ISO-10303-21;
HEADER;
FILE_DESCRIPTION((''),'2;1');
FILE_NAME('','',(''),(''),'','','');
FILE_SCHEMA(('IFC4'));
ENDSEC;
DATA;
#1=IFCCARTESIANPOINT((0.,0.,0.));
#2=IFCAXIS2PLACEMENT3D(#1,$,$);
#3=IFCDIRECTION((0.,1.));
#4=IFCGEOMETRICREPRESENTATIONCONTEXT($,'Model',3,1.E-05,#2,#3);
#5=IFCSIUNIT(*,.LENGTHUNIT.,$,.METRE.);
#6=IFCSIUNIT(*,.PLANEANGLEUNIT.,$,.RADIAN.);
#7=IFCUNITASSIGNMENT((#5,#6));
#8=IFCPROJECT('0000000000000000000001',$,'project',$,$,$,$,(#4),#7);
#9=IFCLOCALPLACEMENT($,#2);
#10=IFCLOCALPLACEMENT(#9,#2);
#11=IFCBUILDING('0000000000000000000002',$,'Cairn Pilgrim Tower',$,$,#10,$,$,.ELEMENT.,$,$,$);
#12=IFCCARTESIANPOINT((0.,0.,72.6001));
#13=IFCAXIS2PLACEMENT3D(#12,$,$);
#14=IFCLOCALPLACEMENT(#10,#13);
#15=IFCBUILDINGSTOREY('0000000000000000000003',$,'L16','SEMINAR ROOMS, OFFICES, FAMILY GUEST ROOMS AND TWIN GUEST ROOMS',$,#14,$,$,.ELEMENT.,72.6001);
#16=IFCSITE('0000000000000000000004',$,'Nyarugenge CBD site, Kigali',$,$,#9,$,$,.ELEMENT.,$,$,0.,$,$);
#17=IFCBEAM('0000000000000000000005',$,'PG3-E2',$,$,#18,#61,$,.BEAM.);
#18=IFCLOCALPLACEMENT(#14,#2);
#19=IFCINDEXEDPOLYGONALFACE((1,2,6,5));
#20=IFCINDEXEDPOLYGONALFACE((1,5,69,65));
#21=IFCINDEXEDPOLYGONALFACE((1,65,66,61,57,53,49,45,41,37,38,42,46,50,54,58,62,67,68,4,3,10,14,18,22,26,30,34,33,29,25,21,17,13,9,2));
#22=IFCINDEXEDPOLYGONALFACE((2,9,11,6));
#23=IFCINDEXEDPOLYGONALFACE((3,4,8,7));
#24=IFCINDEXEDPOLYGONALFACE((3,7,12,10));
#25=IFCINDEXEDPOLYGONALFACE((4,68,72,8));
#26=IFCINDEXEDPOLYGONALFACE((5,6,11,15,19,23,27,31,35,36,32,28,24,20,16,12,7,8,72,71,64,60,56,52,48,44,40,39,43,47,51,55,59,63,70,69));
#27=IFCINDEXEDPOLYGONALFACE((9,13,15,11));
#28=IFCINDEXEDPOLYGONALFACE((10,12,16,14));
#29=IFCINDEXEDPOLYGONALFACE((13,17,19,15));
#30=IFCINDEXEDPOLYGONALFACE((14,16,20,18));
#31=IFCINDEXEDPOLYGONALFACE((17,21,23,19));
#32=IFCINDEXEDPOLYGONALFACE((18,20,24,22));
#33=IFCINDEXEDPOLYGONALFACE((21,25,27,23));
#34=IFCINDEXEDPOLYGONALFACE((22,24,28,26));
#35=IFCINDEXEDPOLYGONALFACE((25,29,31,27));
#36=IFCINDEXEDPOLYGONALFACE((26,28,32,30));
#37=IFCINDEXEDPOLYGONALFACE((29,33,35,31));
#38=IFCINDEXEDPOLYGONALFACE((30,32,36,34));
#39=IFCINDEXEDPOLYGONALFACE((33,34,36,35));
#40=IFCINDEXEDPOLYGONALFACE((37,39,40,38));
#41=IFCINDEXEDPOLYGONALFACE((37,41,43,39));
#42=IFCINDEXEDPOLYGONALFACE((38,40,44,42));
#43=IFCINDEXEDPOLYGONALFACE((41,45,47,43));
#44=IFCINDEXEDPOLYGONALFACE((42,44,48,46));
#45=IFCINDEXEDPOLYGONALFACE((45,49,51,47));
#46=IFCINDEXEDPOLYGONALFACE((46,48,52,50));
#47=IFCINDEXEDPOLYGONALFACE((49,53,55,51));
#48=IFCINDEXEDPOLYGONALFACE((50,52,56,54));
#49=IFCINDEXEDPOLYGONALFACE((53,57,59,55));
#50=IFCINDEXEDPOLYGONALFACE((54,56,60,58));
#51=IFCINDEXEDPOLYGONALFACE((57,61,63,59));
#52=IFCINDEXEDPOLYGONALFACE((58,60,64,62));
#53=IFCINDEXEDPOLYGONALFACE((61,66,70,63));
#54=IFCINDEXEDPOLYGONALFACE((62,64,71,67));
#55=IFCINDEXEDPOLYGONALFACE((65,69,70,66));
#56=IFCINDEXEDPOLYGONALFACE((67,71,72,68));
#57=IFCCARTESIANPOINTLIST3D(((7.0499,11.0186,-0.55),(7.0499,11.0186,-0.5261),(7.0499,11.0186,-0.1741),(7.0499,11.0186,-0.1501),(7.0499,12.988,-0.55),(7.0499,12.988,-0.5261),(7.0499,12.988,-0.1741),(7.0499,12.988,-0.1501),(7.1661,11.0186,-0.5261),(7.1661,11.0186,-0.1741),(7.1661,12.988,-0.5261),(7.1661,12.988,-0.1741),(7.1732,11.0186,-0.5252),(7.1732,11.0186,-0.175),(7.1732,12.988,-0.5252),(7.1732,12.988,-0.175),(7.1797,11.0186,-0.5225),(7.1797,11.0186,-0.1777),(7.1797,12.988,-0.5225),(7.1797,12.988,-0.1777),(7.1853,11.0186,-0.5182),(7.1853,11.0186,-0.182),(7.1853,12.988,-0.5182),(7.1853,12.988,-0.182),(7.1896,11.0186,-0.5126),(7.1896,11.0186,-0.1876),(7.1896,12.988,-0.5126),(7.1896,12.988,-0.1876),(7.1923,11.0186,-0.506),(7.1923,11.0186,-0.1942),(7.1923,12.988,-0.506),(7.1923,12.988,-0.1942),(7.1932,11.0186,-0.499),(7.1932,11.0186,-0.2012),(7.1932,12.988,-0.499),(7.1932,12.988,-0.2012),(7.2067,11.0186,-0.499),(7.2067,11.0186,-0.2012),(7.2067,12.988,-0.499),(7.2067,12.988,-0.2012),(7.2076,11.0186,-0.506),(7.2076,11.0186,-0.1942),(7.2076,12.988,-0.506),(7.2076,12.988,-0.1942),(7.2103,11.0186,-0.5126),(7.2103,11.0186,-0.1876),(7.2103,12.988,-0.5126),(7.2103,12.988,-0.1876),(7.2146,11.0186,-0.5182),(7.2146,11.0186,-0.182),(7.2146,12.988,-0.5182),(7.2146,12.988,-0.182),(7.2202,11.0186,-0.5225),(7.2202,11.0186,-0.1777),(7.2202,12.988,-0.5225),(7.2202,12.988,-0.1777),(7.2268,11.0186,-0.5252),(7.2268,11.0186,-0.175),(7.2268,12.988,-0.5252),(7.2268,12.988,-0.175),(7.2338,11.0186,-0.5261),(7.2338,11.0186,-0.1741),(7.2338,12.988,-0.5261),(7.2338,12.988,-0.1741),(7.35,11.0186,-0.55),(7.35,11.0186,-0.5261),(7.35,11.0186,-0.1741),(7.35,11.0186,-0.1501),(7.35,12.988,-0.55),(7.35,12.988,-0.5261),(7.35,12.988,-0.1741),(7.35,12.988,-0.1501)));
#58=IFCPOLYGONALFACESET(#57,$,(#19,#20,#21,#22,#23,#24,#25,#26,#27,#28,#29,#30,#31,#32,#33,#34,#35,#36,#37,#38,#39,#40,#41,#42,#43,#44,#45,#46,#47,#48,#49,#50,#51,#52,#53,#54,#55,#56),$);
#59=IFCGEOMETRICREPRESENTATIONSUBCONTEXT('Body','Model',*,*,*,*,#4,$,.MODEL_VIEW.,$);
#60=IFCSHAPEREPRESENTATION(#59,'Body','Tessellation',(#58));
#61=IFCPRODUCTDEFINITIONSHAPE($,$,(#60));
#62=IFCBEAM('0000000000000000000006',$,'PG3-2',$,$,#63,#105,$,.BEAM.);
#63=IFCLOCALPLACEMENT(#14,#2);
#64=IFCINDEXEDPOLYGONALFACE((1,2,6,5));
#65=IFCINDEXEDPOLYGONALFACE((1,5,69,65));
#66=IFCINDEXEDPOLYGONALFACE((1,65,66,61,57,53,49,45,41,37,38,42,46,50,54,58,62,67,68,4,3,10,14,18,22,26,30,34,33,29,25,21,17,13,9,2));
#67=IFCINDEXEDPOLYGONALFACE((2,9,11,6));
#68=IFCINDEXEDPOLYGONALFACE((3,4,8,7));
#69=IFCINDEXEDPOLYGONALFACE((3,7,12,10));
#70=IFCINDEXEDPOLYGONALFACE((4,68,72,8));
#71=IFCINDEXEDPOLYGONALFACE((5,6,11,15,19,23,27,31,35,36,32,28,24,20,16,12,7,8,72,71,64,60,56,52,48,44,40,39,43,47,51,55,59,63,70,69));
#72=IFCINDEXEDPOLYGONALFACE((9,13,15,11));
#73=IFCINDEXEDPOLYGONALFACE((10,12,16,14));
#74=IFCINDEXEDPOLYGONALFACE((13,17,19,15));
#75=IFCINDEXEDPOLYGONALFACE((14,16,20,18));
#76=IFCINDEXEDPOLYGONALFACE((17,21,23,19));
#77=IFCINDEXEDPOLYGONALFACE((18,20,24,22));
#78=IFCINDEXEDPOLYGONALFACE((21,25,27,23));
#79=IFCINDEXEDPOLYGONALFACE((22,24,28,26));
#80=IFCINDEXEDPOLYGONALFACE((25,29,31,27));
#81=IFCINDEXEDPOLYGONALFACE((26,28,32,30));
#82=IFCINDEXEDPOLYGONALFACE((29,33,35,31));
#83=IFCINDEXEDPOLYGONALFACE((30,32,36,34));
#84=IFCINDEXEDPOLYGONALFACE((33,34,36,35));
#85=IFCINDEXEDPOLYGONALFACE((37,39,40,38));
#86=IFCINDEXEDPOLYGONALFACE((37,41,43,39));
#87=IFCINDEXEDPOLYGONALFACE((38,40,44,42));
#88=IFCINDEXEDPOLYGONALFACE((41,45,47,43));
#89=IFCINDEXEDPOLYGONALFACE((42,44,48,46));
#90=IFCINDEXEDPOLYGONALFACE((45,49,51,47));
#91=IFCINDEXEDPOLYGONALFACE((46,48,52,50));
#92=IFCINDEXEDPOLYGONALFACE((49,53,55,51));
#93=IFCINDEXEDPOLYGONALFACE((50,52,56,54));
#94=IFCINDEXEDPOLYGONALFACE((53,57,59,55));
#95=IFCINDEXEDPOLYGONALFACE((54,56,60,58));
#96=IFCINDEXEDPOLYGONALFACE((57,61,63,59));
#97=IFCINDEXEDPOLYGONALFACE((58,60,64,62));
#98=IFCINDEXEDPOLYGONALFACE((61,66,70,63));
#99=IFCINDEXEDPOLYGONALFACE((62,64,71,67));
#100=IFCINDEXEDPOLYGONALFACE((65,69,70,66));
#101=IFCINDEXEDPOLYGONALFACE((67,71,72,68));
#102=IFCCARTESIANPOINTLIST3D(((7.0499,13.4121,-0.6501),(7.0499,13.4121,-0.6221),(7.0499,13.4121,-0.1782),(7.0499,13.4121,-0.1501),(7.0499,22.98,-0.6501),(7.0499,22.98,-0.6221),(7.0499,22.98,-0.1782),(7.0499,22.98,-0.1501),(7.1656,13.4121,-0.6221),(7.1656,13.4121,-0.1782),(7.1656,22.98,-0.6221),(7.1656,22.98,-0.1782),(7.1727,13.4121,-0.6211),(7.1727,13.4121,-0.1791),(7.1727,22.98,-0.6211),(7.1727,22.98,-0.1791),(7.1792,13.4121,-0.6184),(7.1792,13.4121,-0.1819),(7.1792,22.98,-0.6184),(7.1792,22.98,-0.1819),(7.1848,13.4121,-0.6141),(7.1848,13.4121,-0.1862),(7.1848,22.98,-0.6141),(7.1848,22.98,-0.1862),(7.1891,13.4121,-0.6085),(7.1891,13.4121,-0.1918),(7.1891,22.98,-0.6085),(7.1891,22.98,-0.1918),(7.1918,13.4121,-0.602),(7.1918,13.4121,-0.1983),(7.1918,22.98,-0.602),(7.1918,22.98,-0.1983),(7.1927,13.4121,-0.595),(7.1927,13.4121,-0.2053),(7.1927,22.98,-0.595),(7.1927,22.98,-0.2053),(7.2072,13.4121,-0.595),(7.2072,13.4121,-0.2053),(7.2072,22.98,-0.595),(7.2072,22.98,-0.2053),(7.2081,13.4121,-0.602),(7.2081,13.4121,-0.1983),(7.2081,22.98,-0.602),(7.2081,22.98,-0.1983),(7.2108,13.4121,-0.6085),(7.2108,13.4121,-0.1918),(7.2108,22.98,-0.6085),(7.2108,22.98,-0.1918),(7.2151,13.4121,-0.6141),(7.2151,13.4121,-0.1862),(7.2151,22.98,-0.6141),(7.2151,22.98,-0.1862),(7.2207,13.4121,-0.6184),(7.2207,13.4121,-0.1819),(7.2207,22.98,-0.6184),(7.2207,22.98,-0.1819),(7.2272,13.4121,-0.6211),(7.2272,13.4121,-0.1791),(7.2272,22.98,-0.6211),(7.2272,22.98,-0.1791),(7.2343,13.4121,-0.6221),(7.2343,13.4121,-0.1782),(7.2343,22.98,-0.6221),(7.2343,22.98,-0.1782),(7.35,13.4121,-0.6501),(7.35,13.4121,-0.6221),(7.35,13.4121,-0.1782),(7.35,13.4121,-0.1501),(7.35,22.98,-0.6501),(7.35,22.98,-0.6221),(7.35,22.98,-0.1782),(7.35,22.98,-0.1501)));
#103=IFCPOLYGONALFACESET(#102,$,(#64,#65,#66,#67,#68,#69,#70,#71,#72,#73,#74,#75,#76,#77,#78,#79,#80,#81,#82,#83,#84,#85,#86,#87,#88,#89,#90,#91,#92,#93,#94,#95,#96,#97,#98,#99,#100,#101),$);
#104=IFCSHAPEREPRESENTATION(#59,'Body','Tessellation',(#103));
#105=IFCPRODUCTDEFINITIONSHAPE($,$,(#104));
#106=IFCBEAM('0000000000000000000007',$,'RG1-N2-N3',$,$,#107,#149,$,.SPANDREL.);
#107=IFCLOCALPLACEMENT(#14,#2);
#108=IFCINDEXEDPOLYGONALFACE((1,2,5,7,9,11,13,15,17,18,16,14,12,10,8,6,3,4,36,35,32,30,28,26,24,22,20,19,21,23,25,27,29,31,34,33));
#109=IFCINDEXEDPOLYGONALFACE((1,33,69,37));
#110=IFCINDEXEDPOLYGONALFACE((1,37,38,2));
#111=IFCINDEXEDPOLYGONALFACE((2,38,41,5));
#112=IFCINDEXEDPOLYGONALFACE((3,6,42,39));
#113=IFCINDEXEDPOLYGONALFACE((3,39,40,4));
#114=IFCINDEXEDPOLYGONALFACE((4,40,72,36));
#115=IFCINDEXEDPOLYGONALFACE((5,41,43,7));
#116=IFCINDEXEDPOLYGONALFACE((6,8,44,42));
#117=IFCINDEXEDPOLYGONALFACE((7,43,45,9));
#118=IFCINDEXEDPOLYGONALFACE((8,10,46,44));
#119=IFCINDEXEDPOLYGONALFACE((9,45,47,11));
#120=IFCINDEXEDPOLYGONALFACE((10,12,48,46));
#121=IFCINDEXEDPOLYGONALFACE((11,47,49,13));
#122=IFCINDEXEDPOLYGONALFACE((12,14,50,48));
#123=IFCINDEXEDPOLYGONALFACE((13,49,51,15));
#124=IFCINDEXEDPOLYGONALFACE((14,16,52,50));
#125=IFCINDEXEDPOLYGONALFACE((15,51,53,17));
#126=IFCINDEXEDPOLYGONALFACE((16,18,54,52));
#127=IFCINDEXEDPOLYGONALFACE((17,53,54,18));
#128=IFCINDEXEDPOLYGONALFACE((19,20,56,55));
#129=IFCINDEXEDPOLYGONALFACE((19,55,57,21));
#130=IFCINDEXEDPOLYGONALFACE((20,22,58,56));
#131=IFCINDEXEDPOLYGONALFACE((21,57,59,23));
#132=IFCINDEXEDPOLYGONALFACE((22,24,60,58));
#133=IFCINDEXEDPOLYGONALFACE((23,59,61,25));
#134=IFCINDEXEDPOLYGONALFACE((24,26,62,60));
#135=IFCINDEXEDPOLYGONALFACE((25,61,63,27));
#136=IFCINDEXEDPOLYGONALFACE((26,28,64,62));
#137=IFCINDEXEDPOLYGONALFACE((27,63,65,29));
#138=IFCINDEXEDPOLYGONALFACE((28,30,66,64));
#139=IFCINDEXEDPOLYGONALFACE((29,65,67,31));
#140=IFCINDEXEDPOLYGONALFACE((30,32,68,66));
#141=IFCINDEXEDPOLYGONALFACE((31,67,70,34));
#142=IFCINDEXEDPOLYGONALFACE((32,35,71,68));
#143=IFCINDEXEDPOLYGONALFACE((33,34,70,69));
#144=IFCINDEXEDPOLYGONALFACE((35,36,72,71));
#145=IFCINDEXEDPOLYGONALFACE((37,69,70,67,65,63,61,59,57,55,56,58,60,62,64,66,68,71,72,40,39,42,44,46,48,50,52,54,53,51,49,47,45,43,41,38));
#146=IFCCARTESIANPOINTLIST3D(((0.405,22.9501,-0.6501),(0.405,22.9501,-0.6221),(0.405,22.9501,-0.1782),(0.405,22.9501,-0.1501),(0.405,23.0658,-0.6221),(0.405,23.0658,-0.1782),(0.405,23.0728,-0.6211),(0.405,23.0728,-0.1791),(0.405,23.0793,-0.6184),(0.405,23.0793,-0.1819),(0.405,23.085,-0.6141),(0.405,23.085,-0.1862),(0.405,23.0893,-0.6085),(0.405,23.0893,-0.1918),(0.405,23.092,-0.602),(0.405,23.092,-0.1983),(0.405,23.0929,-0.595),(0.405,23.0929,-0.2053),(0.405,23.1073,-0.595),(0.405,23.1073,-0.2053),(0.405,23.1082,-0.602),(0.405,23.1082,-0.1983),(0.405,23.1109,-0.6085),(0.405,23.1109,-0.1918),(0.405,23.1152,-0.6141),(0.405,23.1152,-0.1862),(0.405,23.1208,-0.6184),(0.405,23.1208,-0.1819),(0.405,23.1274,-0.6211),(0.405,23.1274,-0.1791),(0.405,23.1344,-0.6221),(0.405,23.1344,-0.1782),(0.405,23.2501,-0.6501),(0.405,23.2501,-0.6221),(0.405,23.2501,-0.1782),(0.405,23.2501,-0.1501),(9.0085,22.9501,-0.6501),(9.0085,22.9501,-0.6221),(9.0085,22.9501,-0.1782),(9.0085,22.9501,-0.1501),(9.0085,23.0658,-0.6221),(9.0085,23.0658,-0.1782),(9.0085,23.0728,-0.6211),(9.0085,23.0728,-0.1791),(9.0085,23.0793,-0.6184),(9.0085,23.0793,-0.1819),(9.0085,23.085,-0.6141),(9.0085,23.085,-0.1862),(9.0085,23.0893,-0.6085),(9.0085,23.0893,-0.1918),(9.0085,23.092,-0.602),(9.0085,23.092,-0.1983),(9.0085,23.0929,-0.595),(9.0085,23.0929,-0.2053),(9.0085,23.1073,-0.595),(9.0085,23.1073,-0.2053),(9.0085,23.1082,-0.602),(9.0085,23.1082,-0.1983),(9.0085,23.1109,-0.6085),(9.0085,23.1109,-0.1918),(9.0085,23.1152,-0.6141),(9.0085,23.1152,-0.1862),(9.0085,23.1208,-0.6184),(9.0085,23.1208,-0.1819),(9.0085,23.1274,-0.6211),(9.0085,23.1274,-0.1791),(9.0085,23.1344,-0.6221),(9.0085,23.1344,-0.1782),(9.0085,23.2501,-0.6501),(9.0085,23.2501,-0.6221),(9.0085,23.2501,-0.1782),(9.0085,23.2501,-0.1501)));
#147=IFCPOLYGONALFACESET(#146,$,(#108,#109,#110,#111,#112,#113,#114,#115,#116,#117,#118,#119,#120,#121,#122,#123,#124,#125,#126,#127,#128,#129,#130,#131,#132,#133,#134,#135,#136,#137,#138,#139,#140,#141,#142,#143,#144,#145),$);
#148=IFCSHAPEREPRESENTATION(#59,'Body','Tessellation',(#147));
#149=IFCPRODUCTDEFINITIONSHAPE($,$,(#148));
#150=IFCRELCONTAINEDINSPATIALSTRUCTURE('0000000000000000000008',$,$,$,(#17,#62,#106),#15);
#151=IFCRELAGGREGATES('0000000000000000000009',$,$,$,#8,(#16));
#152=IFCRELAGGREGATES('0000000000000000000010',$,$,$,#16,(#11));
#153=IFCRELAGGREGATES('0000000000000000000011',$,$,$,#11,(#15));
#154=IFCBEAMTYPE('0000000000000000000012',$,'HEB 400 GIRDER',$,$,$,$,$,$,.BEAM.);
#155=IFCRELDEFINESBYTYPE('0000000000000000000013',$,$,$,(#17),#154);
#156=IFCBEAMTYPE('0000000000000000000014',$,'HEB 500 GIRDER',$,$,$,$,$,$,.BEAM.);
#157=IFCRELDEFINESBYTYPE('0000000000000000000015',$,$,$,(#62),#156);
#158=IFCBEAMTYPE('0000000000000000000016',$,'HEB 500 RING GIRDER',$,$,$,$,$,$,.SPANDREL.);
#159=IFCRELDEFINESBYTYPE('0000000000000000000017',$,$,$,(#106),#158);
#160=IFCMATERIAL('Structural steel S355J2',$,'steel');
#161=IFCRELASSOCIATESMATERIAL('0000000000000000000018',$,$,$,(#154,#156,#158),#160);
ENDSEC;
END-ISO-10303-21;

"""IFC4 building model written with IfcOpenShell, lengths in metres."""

from ifc_helpers import new_model, si_unit, direction, frame, origin, origin_2d, place, context, subcontext, project, spatial, i_section, extrude, material, material_profile, profile_set, type_object, element, save


model = new_model("IFC4")

# Units and contexts
model_context = context("Model", 3, precision=1e-05, world=origin(), true_north=direction((0.0, 1.0)))
body_context = subcontext(model_context, "Body", "Model", "MODEL_VIEW")
ifc_project = project(units=[si_unit("LENGTHUNIT", "METRE"), si_unit("PLANEANGLEUNIT", "RADIAN")], contexts=[model_context])

# Site, building, storey
site_placement = place(None, origin())
site = spatial("IfcSite", under=ifc_project, at=site_placement, Name="Nyarugenge CBD site, Kigali", CompositionType="ELEMENT", RefElevation=0.0)
building_placement = place(site_placement, origin())
building = spatial("IfcBuilding", under=site, at=building_placement, Name="Cairn Pilgrim Tower", CompositionType="ELEMENT")
storey_placement = place(building_placement, frame((0.0, 0.0, 72.6001)))
storey = spatial("IfcBuildingStorey", under=building, at=storey_placement, Name="L16", Description="SEMINAR ROOMS, OFFICES, FAMILY GUEST ROOMS AND TWIN GUEST ROOMS", CompositionType="ELEMENT", Elevation=72.6001)

# Beams
ifc_material_1 = material(Name="Structural steel S355J2", Category="steel")
ifc_material_profile_1 = material_profile(ifc_material_1, i_section(OverallWidth=0.3, OverallDepth=0.3999, WebThickness=0.0134, FlangeThickness=0.0239, FilletRadius=0.0271, at=origin_2d()), Name="HEB 400")
ifc_profile_set_1 = profile_set([ifc_material_profile_1], Name="Structural steel S355J2")
beam_type_1 = type_object("IfcBeamType", Name="HEB 400 GIRDER", PredefinedType="BEAM", material=ifc_profile_set_1)
beam_1_placement = place(storey_placement, frame((7.2, 11.0186, -0.3501), z_axis=(0.0, 1.0, 0.0), x_axis=(-1.0, 0.0, 0.0)))
element("IfcBeam", 1, at=beam_1_placement, inside=storey, type_object=beam_type_1, Name="PG3-E2", PredefinedType="BEAM", context=body_context, shape_type="SweptSolid", body=[
    extrude(i_section(OverallWidth=0.3, OverallDepth=0.3999, WebThickness=0.0134, FlangeThickness=0.0239, FilletRadius=0.0271, at=origin_2d()), origin(), (0.0, 0.0, 1.0), 1.9695),
])
ifc_material_profile_2 = material_profile(ifc_material_1, i_section(OverallWidth=0.3, OverallDepth=0.5, WebThickness=0.0144, FlangeThickness=0.0281, FilletRadius=0.0271, at=origin_2d()), Name="HEB 500")
ifc_profile_set_2 = profile_set([ifc_material_profile_2], Name="Structural steel S355J2")
beam_type_2 = type_object("IfcBeamType", Name="HEB 500 GIRDER", PredefinedType="BEAM", material=ifc_profile_set_2)
beam_2_placement = place(storey_placement, frame((7.2, 13.4121, -0.4001), z_axis=(0.0, 1.0, 0.0), x_axis=(-1.0, 0.0, 0.0)))
element("IfcBeam", 2, at=beam_2_placement, inside=storey, type_object=beam_type_2, Name="PG3-2", PredefinedType="BEAM", context=body_context, shape_type="SweptSolid", body=[
    extrude(i_section(OverallWidth=0.3, OverallDepth=0.5, WebThickness=0.0144, FlangeThickness=0.0281, FilletRadius=0.0271, at=origin_2d()), origin(), (0.0, 0.0, 1.0), 9.5679),
])
ifc_material_profile_3 = material_profile(ifc_material_1, i_section(OverallWidth=0.3, OverallDepth=0.5, WebThickness=0.0144, FlangeThickness=0.0281, FilletRadius=0.0271, at=origin_2d()), Name="HEB 500")
ifc_profile_set_3 = profile_set([ifc_material_profile_3], Name="Structural steel S355J2")
beam_type_3 = type_object("IfcBeamType", Name="HEB 500 RING GIRDER", PredefinedType="SPANDREL", material=ifc_profile_set_3)
beam_3_placement = place(storey_placement, frame((9.0085, 23.1001, -0.4001), z_axis=(-1.0, 0.0, 0.0), x_axis=(0.0, -1.0, 0.0)))
element("IfcBeam", 3, at=beam_3_placement, inside=storey, type_object=beam_type_3, Name="RG1-N2-N3", PredefinedType="SPANDREL", context=body_context, shape_type="SweptSolid", body=[
    extrude(i_section(OverallWidth=0.3, OverallDepth=0.5, WebThickness=0.0144, FlangeThickness=0.0281, FilletRadius=0.0271, at=origin_2d()), origin(), (0.0, 0.0, 1.0), 8.6035),
])

save(model, "model.ifc")
